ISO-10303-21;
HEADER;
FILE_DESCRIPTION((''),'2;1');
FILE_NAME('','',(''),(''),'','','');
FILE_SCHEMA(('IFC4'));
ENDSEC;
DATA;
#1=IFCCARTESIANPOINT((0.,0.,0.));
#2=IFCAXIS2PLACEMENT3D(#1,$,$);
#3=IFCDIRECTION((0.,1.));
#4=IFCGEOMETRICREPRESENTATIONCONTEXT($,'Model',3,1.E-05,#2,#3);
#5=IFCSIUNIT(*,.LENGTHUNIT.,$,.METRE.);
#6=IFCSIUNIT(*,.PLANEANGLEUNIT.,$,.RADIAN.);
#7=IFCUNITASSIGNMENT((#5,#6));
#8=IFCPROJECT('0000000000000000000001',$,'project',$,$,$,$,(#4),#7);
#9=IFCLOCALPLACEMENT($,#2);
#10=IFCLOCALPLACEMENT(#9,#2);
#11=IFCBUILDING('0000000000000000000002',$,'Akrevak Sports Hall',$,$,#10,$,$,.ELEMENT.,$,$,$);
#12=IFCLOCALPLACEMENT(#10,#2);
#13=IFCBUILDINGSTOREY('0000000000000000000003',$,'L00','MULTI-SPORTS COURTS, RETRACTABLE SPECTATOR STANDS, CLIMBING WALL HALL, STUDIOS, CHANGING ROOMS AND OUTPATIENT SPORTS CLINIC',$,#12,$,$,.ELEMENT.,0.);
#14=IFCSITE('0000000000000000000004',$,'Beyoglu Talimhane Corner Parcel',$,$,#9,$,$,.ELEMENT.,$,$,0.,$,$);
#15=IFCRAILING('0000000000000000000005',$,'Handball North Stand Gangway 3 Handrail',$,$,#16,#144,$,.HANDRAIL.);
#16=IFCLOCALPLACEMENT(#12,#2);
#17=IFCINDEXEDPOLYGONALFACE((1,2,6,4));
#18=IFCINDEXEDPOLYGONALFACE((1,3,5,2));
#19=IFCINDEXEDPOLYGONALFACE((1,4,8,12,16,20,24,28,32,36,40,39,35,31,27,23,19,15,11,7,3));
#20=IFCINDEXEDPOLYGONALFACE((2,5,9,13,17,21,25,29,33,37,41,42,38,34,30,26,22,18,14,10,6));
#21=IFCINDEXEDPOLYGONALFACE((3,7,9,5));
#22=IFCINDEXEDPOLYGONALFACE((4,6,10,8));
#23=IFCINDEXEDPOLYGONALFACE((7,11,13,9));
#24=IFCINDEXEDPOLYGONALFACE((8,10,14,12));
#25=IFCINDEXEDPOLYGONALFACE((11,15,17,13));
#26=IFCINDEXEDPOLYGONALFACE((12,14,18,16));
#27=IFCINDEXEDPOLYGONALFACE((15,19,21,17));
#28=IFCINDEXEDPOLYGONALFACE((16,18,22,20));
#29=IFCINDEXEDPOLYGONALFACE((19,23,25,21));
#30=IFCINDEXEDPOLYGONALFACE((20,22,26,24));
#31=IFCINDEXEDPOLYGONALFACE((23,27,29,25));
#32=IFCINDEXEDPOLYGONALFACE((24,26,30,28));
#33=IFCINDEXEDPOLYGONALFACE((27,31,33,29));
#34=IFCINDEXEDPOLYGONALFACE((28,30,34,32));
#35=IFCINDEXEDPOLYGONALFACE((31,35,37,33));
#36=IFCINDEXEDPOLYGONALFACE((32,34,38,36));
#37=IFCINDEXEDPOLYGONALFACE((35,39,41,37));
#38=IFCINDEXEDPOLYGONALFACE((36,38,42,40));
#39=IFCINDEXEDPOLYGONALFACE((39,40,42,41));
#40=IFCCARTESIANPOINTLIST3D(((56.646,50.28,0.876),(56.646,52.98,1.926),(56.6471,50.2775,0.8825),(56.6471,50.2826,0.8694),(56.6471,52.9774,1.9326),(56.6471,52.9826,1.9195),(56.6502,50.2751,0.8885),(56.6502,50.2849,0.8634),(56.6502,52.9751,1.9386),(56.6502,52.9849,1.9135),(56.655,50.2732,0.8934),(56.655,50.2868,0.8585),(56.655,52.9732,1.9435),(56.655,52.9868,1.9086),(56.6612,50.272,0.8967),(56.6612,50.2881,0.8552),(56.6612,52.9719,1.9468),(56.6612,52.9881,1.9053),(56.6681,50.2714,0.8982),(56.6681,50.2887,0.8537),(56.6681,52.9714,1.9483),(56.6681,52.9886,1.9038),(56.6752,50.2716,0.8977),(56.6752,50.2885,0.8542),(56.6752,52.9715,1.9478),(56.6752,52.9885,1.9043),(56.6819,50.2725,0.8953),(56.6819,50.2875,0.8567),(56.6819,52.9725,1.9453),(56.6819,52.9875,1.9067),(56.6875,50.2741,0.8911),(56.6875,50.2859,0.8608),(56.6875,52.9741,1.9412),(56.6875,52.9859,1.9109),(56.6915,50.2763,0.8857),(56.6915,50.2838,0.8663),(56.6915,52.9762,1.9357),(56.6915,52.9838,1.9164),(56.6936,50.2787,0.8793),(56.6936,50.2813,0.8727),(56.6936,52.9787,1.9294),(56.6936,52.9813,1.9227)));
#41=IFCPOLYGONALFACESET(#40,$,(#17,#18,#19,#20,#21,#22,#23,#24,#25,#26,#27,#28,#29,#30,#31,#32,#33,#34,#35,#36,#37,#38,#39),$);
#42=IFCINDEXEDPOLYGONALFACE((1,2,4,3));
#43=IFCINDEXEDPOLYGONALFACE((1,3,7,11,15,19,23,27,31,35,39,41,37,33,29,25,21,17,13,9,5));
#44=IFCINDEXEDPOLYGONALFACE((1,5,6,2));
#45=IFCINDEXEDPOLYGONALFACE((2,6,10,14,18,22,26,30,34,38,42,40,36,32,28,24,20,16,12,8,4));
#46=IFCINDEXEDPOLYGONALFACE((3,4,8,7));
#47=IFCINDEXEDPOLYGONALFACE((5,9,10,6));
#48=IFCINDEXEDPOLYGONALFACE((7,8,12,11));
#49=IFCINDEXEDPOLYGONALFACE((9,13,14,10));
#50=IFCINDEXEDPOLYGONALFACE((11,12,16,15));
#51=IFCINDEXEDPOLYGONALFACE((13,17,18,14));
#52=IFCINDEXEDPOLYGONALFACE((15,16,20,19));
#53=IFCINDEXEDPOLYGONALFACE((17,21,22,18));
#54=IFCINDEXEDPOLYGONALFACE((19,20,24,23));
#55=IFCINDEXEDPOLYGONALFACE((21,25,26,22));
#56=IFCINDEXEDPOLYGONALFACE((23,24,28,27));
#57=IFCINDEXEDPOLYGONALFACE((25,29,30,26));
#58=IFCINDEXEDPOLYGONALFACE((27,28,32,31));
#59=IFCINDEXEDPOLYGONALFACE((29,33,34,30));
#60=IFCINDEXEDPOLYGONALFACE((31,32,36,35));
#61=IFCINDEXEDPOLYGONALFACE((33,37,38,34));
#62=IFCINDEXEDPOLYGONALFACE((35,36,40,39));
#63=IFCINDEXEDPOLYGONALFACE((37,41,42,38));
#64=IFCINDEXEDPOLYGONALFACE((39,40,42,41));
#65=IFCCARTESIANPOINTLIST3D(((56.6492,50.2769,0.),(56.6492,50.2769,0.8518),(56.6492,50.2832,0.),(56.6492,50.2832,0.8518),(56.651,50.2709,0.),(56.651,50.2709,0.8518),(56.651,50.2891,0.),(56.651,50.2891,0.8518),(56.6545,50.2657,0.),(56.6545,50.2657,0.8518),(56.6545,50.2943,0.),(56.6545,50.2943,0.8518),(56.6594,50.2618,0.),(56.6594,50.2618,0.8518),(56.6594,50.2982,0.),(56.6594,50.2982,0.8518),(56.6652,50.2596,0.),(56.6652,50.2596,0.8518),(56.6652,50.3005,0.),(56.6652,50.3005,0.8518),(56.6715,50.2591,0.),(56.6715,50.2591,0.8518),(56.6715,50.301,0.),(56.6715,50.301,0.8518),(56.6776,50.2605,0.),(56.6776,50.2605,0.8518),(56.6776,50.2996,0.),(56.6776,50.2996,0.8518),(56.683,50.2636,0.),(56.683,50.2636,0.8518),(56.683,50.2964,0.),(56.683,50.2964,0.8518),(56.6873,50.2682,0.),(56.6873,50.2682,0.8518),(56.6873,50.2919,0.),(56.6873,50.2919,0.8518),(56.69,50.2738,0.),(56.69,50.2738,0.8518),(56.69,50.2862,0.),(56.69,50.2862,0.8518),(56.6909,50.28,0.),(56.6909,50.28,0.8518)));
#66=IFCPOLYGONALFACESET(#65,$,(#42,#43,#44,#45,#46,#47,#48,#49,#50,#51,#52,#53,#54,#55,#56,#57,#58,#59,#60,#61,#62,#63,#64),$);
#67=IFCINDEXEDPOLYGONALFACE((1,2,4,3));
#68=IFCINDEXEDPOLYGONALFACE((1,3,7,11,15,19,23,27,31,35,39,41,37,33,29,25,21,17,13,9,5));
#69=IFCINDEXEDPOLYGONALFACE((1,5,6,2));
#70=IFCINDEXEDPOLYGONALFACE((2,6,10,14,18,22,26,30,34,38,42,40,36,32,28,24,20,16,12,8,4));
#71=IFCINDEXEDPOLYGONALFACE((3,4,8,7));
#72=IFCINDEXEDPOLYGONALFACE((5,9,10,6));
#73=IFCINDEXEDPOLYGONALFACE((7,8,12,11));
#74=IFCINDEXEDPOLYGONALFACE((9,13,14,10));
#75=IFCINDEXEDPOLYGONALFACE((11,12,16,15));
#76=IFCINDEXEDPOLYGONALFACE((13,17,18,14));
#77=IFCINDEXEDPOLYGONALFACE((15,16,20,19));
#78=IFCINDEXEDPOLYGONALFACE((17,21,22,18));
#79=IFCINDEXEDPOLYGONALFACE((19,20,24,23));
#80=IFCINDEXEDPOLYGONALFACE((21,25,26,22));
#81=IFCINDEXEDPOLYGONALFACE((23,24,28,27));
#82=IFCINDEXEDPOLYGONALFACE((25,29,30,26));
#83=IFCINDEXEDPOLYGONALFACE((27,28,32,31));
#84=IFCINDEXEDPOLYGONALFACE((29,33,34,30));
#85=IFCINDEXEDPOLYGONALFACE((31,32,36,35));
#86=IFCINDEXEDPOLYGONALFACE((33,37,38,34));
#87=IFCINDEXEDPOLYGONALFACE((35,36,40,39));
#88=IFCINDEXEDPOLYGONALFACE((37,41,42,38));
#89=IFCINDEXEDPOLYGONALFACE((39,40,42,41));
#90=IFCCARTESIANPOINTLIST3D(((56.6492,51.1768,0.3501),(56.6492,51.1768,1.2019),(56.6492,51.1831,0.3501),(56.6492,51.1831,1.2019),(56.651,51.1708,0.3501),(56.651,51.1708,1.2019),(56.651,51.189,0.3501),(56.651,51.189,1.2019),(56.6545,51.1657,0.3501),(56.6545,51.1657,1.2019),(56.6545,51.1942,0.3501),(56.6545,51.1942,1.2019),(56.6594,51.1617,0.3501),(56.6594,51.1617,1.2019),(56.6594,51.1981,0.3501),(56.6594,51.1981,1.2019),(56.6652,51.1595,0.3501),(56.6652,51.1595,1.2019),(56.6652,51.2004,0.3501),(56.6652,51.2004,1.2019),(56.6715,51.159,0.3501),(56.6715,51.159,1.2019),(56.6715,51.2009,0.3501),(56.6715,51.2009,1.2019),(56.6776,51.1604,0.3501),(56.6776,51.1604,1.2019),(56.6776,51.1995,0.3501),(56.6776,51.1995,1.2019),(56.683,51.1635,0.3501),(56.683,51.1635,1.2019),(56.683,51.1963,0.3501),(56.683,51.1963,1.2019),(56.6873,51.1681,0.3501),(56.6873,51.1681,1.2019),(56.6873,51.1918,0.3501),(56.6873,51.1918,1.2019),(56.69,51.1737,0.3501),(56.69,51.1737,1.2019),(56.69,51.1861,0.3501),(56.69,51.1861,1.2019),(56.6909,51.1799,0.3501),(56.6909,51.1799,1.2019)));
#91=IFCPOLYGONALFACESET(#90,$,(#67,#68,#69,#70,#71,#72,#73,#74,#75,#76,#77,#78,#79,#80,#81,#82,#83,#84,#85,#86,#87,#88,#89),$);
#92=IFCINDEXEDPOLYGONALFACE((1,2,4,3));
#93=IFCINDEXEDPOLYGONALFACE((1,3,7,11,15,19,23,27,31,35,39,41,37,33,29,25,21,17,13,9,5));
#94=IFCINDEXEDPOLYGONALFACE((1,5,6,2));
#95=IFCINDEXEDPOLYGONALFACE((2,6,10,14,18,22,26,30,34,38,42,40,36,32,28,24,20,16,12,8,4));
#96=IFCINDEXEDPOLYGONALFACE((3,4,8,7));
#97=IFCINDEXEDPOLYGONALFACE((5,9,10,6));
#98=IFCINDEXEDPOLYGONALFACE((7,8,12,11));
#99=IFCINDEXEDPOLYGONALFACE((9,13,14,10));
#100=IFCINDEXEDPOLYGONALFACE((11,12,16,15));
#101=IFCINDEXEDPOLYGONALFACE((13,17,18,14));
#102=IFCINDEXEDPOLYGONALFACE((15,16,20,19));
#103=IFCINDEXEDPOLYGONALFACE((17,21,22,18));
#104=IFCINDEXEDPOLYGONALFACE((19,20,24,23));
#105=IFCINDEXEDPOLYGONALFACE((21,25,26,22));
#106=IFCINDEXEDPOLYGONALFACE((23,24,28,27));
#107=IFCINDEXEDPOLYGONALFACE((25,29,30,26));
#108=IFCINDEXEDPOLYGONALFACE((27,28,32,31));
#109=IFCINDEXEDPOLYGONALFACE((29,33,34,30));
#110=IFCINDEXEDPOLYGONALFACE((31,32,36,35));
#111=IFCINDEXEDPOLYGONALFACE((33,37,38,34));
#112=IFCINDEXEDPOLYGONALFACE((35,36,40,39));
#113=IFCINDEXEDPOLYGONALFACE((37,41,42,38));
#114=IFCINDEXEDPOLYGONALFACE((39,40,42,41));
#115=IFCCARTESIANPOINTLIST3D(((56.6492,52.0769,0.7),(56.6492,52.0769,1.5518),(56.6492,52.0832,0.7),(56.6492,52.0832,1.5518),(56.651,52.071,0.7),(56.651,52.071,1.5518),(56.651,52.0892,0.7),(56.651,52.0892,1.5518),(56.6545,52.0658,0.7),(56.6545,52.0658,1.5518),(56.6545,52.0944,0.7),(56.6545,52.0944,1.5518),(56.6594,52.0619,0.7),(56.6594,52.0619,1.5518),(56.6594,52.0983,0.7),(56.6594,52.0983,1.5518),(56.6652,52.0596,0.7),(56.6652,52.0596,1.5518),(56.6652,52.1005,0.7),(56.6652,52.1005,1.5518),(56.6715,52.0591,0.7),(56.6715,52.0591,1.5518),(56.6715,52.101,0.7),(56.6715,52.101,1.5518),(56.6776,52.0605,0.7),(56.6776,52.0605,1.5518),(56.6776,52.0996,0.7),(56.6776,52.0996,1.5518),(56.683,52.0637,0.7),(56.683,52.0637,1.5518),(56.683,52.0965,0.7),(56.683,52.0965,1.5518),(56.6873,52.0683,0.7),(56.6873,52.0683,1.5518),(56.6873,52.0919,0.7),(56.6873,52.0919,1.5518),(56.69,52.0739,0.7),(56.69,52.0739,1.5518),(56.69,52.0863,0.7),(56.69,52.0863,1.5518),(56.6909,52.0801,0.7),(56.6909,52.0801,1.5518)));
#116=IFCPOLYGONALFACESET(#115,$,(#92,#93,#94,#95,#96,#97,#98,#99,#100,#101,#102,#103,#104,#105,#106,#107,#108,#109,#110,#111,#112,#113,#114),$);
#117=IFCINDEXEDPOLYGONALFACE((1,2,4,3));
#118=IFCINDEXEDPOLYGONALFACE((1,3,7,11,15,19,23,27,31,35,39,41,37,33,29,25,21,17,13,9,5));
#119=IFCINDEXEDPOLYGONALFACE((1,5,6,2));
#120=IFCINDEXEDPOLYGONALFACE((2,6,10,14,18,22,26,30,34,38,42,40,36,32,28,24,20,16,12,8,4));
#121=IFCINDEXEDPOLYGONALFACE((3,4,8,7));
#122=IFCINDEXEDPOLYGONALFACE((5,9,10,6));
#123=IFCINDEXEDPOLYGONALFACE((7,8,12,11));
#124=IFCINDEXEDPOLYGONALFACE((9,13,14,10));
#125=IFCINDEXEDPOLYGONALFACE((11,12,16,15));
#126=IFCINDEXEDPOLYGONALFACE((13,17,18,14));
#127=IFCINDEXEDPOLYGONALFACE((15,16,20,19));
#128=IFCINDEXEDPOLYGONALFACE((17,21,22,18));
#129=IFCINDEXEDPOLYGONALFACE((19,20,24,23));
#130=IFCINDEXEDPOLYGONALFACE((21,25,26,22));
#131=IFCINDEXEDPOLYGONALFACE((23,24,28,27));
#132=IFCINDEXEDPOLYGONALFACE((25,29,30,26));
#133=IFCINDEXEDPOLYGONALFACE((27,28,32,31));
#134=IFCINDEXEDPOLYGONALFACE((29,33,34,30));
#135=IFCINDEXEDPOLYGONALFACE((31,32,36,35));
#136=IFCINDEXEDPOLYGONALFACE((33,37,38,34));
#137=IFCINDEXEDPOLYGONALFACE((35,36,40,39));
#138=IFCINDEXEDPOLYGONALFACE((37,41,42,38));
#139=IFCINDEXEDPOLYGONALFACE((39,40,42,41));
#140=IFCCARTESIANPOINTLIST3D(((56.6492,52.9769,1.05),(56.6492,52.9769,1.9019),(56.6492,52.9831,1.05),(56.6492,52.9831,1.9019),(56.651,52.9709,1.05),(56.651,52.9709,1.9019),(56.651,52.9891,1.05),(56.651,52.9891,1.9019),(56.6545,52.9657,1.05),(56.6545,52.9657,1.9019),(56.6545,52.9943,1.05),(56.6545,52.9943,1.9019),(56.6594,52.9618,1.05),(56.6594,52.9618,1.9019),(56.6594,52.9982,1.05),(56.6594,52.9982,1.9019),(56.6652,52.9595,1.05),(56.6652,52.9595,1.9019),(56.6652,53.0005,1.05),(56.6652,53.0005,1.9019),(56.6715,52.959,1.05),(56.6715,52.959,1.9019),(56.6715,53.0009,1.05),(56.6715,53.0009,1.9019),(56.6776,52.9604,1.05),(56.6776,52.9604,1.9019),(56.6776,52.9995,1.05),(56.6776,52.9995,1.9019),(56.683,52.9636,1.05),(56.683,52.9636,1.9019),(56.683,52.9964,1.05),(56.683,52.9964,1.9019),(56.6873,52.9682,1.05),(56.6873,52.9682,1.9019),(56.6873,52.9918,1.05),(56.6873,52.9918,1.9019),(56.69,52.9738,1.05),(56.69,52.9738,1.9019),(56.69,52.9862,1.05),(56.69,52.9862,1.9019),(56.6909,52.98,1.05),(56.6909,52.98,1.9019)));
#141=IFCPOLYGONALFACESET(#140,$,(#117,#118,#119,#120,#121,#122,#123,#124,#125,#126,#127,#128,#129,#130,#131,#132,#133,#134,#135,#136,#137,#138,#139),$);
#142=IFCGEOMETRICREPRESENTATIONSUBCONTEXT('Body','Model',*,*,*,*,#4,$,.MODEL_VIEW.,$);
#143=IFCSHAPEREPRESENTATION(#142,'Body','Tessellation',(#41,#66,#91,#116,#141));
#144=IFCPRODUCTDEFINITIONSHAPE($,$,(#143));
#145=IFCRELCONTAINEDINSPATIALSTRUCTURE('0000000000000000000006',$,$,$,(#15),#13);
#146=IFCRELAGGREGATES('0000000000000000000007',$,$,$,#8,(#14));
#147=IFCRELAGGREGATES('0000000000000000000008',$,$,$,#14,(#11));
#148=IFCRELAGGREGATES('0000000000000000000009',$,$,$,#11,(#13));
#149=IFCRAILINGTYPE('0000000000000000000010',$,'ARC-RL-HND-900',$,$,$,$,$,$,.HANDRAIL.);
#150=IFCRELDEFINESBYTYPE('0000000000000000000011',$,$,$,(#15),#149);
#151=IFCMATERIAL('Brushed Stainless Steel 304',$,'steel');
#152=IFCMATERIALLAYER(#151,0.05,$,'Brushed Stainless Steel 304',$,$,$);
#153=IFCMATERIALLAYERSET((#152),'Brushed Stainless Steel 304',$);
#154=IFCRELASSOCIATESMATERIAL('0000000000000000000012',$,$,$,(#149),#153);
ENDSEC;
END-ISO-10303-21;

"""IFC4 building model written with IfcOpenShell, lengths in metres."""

from ifc_helpers import new_model, si_unit, direction, frame, origin, origin_2d, place, context, subcontext, project, spatial, circle, extrude, material, layer, layer_set, type_object, element, save


model = new_model("IFC4")

# Units and contexts
model_context = context("Model", 3, precision=1e-05, world=origin(), true_north=direction((0.0, 1.0)))
body_context = subcontext(model_context, "Body", "Model", "MODEL_VIEW")
ifc_project = project(units=[si_unit("LENGTHUNIT", "METRE"), si_unit("PLANEANGLEUNIT", "RADIAN")], contexts=[model_context])

# Site, building, storey
site_placement = place(None, origin())
site = spatial("IfcSite", under=ifc_project, at=site_placement, Name="Beyoglu Talimhane Corner Parcel", CompositionType="ELEMENT", RefElevation=0.0)
building_placement = place(site_placement, origin())
building = spatial("IfcBuilding", under=site, at=building_placement, Name="Akrevak Sports Hall", CompositionType="ELEMENT")
storey_placement = place(building_placement, origin())
storey = spatial("IfcBuildingStorey", under=building, at=storey_placement, Name="L00", Description="MULTI-SPORTS COURTS, RETRACTABLE SPECTATOR STANDS, CLIMBING WALL HALL, STUDIOS, CHANGING ROOMS AND OUTPATIENT SPORTS CLINIC", CompositionType="ELEMENT", Elevation=0.0)

# Railing
ifc_material_1 = material(Name="Brushed Stainless Steel 304", Category="steel")
ifc_layer_1 = layer(ifc_material_1, 0.05, Name="Brushed Stainless Steel 304")
ifc_layer_set_1 = layer_set([ifc_layer_1], Name="Brushed Stainless Steel 304")
railing_type_1 = type_object("IfcRailingType", Name="ARC-RL-HND-900", PredefinedType="HANDRAIL", material=ifc_layer_set_1)
railing_1_placement = place(storey_placement, frame((56.6699, 50.28, 0.0)))
element("IfcRailing", 1, at=railing_1_placement, inside=storey, type_object=railing_type_1, Name="Handball North Stand Gangway 3 Handrail", PredefinedType="HANDRAIL", context=body_context, shape_type="SweptSolid", body=[
    extrude(circle(Radius=0.0239, at=origin_2d()), frame((0.0, 0.0, 0.876), z_axis=(0.0, 0.931997, 0.362467), x_axis=(-1.0, 0.0, 0.0)), (0.0, 0.0, 1.0), 2.897),
    extrude(circle(Radius=0.021, at=origin_2d()), origin(), (0.0, 0.0, 1.0), 0.8518),
    extrude(circle(Radius=0.021, at=origin_2d()), frame((0.0, 0.8999, 0.3501)), (0.0, 0.0, 1.0), 0.8518),
    extrude(circle(Radius=0.021, at=origin_2d()), frame((0.0, 1.8, 0.7)), (0.0, 0.0, 1.0), 0.8518),
    extrude(circle(Radius=0.021, at=origin_2d()), frame((0.0, 2.7, 1.05)), (0.0, 0.0, 1.0), 0.8518),
])

save(model, "model.ifc")
